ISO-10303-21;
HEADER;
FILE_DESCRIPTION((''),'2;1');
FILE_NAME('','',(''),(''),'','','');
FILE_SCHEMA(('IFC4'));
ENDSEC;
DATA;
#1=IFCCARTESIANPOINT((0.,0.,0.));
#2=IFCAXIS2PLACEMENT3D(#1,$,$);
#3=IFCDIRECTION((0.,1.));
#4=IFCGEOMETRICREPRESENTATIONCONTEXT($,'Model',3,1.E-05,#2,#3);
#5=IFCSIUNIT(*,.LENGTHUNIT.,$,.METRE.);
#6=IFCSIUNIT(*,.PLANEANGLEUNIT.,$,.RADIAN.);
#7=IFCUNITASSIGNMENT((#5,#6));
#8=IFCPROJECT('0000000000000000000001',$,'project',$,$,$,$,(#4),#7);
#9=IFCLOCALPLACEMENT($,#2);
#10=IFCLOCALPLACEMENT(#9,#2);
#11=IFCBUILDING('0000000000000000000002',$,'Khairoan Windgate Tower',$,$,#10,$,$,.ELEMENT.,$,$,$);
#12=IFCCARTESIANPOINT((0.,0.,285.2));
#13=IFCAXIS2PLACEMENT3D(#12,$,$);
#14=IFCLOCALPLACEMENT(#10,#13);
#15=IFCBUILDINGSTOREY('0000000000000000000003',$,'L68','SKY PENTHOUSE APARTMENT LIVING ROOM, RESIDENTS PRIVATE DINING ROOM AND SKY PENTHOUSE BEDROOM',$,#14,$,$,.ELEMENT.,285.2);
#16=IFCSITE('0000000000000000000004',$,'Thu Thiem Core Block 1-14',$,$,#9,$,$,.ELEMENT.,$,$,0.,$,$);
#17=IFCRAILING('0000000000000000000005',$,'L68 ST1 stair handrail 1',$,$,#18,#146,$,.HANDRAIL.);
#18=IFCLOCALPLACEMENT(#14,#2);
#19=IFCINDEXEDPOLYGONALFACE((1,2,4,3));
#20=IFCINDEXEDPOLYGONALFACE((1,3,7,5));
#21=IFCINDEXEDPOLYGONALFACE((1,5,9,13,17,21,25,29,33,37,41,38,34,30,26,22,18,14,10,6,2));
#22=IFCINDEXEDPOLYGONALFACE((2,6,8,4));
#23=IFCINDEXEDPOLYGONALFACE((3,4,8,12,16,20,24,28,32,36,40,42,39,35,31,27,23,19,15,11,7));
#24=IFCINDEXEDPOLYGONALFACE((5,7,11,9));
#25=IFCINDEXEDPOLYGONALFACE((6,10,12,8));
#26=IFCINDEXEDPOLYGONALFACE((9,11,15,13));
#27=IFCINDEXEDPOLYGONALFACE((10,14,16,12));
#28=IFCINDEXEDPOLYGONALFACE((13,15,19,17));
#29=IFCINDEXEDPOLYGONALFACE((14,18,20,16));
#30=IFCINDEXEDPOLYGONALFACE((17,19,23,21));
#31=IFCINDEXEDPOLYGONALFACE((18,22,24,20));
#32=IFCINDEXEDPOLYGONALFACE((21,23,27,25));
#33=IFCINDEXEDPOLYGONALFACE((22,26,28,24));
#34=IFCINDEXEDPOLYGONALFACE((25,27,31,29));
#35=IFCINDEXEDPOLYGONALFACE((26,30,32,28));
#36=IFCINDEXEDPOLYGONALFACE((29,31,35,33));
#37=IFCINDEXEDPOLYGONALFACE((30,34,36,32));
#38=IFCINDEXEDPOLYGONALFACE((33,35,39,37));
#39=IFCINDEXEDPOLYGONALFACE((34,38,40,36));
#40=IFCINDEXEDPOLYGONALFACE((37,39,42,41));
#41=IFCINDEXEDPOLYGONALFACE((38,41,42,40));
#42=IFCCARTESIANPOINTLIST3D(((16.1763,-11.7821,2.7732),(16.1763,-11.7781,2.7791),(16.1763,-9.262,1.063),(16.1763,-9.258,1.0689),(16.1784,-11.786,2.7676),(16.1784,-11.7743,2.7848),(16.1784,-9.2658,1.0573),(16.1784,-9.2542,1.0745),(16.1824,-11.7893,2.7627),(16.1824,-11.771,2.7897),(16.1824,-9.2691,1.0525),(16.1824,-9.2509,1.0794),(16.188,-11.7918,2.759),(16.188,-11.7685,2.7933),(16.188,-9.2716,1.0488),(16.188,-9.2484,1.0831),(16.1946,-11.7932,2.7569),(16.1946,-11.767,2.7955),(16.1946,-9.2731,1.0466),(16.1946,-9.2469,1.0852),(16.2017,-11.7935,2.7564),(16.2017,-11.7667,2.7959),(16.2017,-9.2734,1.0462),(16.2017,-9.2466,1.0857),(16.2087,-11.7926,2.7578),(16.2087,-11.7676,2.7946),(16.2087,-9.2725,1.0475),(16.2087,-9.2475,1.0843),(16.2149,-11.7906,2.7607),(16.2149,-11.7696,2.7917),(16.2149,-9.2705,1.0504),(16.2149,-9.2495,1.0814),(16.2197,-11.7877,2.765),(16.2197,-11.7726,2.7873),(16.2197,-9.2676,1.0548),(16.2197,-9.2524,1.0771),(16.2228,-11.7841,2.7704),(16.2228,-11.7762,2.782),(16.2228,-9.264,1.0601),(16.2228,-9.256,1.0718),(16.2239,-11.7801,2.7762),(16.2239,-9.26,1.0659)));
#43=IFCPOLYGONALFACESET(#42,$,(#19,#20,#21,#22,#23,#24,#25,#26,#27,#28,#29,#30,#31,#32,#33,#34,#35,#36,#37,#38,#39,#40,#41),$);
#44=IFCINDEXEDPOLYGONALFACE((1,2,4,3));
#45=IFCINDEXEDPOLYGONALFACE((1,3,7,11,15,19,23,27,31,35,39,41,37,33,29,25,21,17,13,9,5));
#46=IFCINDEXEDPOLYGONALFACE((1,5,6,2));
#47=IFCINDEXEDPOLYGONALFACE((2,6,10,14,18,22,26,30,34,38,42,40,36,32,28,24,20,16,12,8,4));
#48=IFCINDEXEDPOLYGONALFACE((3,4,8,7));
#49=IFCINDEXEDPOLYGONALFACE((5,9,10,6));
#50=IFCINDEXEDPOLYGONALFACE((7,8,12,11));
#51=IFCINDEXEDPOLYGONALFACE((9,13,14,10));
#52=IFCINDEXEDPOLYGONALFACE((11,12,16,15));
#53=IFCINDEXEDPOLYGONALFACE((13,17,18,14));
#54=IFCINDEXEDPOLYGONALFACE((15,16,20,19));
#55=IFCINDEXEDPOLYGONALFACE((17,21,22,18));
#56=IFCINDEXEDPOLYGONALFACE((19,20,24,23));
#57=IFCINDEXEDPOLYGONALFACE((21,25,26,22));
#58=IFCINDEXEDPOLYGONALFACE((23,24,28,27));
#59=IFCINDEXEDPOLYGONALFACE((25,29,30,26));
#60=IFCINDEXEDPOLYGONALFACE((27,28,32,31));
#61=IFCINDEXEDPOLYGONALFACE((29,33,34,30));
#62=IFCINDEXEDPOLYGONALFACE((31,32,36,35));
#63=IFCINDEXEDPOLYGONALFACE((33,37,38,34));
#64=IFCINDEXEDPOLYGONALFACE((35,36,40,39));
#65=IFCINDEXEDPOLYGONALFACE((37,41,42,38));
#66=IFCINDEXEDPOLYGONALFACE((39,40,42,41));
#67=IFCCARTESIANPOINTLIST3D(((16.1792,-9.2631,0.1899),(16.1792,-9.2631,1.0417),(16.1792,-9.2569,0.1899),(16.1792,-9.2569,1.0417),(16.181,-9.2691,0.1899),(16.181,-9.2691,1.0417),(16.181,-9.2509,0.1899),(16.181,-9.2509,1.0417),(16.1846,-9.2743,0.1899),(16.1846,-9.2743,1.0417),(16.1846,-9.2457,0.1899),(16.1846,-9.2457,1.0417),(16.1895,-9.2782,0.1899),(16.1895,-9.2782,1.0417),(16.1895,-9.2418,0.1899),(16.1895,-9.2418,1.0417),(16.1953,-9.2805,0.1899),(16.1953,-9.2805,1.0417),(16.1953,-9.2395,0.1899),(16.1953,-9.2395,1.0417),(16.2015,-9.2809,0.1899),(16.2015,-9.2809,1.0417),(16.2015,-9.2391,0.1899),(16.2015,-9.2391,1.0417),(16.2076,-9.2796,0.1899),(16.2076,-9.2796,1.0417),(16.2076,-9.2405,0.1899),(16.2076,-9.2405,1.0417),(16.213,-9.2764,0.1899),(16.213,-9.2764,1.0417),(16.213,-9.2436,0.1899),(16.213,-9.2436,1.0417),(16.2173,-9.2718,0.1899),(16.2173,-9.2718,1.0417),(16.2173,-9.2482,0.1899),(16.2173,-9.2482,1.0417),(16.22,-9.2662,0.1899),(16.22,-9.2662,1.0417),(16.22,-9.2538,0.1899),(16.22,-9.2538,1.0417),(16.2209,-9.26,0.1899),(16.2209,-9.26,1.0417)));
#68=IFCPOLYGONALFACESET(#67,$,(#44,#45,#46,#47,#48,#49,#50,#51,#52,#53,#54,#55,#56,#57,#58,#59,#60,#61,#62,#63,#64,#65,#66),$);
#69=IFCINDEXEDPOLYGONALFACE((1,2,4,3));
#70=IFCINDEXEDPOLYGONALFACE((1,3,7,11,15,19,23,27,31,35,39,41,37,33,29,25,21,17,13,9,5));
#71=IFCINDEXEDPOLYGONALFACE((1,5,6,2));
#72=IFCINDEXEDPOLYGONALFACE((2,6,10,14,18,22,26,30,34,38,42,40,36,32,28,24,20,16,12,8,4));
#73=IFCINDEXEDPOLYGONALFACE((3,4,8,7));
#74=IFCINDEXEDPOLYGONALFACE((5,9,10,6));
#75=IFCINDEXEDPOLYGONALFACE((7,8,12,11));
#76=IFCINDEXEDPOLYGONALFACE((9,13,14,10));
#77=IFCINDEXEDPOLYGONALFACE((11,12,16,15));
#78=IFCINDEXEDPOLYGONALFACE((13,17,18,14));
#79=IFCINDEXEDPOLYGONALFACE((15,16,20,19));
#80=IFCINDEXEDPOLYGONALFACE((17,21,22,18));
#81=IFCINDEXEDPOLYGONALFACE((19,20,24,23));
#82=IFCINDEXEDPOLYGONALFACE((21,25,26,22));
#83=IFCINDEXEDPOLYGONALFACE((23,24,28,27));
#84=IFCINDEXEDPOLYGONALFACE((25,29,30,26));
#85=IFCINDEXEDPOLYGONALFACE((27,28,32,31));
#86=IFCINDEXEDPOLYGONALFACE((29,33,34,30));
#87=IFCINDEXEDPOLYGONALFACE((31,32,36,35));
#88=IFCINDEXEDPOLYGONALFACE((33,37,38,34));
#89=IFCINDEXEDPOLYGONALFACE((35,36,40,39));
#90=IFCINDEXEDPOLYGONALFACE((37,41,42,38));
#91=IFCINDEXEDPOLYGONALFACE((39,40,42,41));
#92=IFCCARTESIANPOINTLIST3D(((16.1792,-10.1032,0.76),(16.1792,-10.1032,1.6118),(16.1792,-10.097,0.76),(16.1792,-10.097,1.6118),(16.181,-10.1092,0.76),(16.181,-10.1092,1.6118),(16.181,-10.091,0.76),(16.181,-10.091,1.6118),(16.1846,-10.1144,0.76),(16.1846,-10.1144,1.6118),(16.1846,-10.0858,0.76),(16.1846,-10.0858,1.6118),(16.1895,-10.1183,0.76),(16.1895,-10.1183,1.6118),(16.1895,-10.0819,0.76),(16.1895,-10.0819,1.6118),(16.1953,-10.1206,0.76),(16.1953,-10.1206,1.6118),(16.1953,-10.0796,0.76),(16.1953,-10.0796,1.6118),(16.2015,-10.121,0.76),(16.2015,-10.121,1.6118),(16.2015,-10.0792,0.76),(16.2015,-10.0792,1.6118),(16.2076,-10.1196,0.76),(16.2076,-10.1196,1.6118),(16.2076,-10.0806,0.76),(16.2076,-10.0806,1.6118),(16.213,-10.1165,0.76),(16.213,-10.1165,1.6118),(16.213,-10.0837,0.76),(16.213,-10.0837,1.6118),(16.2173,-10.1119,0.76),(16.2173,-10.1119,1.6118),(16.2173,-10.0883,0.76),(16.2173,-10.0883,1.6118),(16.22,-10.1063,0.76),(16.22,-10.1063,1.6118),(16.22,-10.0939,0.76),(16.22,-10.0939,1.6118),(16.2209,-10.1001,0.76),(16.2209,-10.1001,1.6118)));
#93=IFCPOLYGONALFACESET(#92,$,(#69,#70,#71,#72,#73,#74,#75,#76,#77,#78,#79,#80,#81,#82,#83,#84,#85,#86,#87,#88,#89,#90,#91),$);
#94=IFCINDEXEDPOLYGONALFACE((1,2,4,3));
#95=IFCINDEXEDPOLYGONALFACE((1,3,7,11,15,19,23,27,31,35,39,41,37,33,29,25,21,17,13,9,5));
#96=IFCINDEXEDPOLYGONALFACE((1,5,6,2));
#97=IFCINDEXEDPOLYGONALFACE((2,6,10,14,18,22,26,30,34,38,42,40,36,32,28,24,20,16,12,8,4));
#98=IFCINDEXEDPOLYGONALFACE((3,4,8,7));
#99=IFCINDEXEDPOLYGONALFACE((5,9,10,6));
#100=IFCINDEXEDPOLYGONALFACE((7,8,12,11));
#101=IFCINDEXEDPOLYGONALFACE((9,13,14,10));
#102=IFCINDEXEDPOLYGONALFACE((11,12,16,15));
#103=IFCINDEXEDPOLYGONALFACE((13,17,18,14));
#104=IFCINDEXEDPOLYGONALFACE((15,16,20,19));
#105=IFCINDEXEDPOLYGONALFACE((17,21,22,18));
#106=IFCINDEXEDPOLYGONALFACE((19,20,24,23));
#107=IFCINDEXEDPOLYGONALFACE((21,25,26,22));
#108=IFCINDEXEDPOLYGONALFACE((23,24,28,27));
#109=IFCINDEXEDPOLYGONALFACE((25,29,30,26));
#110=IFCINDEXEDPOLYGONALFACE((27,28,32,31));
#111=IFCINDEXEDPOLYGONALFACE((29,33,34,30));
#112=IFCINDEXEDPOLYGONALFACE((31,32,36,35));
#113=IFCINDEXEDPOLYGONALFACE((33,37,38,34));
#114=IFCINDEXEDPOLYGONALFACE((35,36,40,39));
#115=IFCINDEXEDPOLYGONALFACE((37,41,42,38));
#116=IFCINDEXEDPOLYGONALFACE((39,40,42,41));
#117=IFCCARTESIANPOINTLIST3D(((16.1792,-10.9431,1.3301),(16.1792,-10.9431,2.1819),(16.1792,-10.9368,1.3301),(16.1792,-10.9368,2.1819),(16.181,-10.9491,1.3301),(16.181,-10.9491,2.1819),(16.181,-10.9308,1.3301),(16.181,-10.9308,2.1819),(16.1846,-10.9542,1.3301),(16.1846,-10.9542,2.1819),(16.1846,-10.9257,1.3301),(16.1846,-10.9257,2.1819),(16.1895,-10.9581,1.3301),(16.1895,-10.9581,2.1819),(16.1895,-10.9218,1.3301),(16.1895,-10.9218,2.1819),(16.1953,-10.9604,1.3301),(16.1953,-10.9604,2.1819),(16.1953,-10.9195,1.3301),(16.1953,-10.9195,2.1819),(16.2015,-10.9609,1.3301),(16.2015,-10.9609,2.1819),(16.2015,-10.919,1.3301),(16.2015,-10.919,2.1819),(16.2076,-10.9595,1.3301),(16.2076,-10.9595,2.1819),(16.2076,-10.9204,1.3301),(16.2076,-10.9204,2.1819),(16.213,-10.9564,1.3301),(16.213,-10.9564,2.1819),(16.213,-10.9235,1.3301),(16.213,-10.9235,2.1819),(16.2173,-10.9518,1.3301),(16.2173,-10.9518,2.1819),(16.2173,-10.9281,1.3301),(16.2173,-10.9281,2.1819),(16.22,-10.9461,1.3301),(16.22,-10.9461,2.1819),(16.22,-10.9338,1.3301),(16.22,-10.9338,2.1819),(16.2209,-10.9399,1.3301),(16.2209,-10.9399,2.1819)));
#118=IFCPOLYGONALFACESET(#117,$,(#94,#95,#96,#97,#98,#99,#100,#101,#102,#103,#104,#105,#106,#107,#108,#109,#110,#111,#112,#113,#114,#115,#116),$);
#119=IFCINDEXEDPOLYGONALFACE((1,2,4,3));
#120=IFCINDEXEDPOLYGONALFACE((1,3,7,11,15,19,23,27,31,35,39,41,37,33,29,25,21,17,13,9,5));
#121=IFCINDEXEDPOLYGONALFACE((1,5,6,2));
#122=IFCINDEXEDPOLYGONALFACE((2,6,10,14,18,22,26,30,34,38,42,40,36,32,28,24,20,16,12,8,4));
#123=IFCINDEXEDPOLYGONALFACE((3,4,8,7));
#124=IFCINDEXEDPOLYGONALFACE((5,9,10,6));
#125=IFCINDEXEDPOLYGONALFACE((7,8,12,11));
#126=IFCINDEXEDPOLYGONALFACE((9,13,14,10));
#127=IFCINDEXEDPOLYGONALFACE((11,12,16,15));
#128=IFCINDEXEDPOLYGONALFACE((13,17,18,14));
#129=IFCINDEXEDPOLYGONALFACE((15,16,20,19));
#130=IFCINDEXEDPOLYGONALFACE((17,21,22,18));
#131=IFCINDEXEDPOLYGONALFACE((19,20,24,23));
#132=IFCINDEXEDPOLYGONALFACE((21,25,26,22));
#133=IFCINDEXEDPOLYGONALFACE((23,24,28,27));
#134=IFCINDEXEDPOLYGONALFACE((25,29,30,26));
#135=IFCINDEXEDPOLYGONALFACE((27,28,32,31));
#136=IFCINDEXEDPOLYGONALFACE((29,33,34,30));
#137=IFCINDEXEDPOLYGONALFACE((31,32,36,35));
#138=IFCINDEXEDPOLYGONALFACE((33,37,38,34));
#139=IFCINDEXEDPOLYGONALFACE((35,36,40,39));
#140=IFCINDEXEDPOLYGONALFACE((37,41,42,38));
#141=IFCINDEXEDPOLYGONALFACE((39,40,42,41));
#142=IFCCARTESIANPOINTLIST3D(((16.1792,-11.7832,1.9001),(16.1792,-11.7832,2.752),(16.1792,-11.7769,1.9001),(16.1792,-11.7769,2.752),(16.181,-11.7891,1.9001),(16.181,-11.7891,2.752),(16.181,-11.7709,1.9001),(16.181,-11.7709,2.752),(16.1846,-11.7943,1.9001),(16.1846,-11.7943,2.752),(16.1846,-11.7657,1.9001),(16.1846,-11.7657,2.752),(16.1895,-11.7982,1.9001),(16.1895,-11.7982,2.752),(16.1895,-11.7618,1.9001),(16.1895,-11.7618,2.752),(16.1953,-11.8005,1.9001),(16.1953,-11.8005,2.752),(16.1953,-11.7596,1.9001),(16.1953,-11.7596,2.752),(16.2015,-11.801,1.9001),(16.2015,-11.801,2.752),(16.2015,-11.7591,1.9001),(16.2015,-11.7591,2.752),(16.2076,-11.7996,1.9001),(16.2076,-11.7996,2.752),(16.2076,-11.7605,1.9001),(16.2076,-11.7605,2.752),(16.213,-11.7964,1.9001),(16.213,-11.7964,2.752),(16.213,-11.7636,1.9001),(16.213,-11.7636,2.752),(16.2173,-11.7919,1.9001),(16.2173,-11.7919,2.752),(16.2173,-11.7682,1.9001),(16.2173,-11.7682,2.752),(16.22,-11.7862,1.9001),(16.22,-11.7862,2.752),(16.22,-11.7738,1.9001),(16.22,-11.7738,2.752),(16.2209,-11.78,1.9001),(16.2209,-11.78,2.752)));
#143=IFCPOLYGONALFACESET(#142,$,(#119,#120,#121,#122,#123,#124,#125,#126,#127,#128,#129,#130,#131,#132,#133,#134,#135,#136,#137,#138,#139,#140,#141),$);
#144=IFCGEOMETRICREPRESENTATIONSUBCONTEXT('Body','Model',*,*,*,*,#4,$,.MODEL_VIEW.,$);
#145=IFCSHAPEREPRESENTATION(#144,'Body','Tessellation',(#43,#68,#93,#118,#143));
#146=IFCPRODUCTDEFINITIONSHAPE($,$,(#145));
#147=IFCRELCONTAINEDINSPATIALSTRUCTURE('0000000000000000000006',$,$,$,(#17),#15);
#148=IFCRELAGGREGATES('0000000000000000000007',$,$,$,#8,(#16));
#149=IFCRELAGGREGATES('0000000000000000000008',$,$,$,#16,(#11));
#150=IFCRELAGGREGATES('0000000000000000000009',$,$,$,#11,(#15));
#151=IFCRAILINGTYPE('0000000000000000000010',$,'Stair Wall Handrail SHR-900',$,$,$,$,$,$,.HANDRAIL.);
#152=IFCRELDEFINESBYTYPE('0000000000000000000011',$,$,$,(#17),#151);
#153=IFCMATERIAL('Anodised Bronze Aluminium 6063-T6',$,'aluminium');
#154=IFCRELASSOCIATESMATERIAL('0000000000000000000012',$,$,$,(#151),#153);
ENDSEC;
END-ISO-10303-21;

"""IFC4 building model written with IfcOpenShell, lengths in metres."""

from ifc_helpers import new_model, si_unit, direction, frame, origin, origin_2d, place, context, subcontext, project, spatial, circle, extrude, material, type_object, element, save


model = new_model("IFC4")

# Units and contexts
model_context = context("Model", 3, precision=1e-05, world=origin(), true_north=direction((0.0, 1.0)))
body_context = subcontext(model_context, "Body", "Model", "MODEL_VIEW")
ifc_project = project(units=[si_unit("LENGTHUNIT", "METRE"), si_unit("PLANEANGLEUNIT", "RADIAN")], contexts=[model_context])

# Site, building, storey
site_placement = place(None, origin())
site = spatial("IfcSite", under=ifc_project, at=site_placement, Name="Thu Thiem Core Block 1-14", CompositionType="ELEMENT", RefElevation=0.0)
building_placement = place(site_placement, origin())
building = spatial("IfcBuilding", under=site, at=building_placement, Name="Khairoan Windgate Tower", CompositionType="ELEMENT")
storey_placement = place(building_placement, frame((0.0, 0.0, 285.2)))
storey = spatial("IfcBuildingStorey", under=building, at=storey_placement, Name="L68", Description="SKY PENTHOUSE APARTMENT LIVING ROOM, RESIDENTS PRIVATE DINING ROOM AND SKY PENTHOUSE BEDROOM", CompositionType="ELEMENT", Elevation=285.2)

# Railing
ifc_material_1 = material(Name="Anodised Bronze Aluminium 6063-T6", Category="aluminium")
railing_type_1 = type_object("IfcRailingType", Name="Stair Wall Handrail SHR-900", PredefinedType="HANDRAIL", material=ifc_material_1)
railing_1_placement = place(storey_placement, frame((16.2, -9.26, 0.1899)))
element("IfcRailing", 1, at=railing_1_placement, inside=storey, type_object=railing_type_1, Name="L68 ST1 stair handrail 1", PredefinedType="HANDRAIL", context=body_context, shape_type="SweptSolid", body=[
    extrude(circle(Radius=0.0239, at=origin_2d()), frame((0.0, 0.0, 0.876), z_axis=(0.0, -0.827447, 0.561545), x_axis=(1.0, 0.0, 0.0)), (0.0, 0.0, 1.0), 3.0457),
    extrude(circle(Radius=0.021, at=origin_2d()), origin(), (0.0, 0.0, 1.0), 0.8518),
    extrude(circle(Radius=0.021, at=origin_2d()), frame((0.0, -0.8401, 0.5701)), (0.0, 0.0, 1.0), 0.8518),
    extrude(circle(Radius=0.021, at=origin_2d()), frame((0.0, -1.6799, 1.1401)), (0.0, 0.0, 1.0), 0.8518),
    extrude(circle(Radius=0.021, at=origin_2d()), frame((0.0, -2.52, 1.7102)), (0.0, 0.0, 1.0), 0.8518),
])

save(model, "model.ifc")
